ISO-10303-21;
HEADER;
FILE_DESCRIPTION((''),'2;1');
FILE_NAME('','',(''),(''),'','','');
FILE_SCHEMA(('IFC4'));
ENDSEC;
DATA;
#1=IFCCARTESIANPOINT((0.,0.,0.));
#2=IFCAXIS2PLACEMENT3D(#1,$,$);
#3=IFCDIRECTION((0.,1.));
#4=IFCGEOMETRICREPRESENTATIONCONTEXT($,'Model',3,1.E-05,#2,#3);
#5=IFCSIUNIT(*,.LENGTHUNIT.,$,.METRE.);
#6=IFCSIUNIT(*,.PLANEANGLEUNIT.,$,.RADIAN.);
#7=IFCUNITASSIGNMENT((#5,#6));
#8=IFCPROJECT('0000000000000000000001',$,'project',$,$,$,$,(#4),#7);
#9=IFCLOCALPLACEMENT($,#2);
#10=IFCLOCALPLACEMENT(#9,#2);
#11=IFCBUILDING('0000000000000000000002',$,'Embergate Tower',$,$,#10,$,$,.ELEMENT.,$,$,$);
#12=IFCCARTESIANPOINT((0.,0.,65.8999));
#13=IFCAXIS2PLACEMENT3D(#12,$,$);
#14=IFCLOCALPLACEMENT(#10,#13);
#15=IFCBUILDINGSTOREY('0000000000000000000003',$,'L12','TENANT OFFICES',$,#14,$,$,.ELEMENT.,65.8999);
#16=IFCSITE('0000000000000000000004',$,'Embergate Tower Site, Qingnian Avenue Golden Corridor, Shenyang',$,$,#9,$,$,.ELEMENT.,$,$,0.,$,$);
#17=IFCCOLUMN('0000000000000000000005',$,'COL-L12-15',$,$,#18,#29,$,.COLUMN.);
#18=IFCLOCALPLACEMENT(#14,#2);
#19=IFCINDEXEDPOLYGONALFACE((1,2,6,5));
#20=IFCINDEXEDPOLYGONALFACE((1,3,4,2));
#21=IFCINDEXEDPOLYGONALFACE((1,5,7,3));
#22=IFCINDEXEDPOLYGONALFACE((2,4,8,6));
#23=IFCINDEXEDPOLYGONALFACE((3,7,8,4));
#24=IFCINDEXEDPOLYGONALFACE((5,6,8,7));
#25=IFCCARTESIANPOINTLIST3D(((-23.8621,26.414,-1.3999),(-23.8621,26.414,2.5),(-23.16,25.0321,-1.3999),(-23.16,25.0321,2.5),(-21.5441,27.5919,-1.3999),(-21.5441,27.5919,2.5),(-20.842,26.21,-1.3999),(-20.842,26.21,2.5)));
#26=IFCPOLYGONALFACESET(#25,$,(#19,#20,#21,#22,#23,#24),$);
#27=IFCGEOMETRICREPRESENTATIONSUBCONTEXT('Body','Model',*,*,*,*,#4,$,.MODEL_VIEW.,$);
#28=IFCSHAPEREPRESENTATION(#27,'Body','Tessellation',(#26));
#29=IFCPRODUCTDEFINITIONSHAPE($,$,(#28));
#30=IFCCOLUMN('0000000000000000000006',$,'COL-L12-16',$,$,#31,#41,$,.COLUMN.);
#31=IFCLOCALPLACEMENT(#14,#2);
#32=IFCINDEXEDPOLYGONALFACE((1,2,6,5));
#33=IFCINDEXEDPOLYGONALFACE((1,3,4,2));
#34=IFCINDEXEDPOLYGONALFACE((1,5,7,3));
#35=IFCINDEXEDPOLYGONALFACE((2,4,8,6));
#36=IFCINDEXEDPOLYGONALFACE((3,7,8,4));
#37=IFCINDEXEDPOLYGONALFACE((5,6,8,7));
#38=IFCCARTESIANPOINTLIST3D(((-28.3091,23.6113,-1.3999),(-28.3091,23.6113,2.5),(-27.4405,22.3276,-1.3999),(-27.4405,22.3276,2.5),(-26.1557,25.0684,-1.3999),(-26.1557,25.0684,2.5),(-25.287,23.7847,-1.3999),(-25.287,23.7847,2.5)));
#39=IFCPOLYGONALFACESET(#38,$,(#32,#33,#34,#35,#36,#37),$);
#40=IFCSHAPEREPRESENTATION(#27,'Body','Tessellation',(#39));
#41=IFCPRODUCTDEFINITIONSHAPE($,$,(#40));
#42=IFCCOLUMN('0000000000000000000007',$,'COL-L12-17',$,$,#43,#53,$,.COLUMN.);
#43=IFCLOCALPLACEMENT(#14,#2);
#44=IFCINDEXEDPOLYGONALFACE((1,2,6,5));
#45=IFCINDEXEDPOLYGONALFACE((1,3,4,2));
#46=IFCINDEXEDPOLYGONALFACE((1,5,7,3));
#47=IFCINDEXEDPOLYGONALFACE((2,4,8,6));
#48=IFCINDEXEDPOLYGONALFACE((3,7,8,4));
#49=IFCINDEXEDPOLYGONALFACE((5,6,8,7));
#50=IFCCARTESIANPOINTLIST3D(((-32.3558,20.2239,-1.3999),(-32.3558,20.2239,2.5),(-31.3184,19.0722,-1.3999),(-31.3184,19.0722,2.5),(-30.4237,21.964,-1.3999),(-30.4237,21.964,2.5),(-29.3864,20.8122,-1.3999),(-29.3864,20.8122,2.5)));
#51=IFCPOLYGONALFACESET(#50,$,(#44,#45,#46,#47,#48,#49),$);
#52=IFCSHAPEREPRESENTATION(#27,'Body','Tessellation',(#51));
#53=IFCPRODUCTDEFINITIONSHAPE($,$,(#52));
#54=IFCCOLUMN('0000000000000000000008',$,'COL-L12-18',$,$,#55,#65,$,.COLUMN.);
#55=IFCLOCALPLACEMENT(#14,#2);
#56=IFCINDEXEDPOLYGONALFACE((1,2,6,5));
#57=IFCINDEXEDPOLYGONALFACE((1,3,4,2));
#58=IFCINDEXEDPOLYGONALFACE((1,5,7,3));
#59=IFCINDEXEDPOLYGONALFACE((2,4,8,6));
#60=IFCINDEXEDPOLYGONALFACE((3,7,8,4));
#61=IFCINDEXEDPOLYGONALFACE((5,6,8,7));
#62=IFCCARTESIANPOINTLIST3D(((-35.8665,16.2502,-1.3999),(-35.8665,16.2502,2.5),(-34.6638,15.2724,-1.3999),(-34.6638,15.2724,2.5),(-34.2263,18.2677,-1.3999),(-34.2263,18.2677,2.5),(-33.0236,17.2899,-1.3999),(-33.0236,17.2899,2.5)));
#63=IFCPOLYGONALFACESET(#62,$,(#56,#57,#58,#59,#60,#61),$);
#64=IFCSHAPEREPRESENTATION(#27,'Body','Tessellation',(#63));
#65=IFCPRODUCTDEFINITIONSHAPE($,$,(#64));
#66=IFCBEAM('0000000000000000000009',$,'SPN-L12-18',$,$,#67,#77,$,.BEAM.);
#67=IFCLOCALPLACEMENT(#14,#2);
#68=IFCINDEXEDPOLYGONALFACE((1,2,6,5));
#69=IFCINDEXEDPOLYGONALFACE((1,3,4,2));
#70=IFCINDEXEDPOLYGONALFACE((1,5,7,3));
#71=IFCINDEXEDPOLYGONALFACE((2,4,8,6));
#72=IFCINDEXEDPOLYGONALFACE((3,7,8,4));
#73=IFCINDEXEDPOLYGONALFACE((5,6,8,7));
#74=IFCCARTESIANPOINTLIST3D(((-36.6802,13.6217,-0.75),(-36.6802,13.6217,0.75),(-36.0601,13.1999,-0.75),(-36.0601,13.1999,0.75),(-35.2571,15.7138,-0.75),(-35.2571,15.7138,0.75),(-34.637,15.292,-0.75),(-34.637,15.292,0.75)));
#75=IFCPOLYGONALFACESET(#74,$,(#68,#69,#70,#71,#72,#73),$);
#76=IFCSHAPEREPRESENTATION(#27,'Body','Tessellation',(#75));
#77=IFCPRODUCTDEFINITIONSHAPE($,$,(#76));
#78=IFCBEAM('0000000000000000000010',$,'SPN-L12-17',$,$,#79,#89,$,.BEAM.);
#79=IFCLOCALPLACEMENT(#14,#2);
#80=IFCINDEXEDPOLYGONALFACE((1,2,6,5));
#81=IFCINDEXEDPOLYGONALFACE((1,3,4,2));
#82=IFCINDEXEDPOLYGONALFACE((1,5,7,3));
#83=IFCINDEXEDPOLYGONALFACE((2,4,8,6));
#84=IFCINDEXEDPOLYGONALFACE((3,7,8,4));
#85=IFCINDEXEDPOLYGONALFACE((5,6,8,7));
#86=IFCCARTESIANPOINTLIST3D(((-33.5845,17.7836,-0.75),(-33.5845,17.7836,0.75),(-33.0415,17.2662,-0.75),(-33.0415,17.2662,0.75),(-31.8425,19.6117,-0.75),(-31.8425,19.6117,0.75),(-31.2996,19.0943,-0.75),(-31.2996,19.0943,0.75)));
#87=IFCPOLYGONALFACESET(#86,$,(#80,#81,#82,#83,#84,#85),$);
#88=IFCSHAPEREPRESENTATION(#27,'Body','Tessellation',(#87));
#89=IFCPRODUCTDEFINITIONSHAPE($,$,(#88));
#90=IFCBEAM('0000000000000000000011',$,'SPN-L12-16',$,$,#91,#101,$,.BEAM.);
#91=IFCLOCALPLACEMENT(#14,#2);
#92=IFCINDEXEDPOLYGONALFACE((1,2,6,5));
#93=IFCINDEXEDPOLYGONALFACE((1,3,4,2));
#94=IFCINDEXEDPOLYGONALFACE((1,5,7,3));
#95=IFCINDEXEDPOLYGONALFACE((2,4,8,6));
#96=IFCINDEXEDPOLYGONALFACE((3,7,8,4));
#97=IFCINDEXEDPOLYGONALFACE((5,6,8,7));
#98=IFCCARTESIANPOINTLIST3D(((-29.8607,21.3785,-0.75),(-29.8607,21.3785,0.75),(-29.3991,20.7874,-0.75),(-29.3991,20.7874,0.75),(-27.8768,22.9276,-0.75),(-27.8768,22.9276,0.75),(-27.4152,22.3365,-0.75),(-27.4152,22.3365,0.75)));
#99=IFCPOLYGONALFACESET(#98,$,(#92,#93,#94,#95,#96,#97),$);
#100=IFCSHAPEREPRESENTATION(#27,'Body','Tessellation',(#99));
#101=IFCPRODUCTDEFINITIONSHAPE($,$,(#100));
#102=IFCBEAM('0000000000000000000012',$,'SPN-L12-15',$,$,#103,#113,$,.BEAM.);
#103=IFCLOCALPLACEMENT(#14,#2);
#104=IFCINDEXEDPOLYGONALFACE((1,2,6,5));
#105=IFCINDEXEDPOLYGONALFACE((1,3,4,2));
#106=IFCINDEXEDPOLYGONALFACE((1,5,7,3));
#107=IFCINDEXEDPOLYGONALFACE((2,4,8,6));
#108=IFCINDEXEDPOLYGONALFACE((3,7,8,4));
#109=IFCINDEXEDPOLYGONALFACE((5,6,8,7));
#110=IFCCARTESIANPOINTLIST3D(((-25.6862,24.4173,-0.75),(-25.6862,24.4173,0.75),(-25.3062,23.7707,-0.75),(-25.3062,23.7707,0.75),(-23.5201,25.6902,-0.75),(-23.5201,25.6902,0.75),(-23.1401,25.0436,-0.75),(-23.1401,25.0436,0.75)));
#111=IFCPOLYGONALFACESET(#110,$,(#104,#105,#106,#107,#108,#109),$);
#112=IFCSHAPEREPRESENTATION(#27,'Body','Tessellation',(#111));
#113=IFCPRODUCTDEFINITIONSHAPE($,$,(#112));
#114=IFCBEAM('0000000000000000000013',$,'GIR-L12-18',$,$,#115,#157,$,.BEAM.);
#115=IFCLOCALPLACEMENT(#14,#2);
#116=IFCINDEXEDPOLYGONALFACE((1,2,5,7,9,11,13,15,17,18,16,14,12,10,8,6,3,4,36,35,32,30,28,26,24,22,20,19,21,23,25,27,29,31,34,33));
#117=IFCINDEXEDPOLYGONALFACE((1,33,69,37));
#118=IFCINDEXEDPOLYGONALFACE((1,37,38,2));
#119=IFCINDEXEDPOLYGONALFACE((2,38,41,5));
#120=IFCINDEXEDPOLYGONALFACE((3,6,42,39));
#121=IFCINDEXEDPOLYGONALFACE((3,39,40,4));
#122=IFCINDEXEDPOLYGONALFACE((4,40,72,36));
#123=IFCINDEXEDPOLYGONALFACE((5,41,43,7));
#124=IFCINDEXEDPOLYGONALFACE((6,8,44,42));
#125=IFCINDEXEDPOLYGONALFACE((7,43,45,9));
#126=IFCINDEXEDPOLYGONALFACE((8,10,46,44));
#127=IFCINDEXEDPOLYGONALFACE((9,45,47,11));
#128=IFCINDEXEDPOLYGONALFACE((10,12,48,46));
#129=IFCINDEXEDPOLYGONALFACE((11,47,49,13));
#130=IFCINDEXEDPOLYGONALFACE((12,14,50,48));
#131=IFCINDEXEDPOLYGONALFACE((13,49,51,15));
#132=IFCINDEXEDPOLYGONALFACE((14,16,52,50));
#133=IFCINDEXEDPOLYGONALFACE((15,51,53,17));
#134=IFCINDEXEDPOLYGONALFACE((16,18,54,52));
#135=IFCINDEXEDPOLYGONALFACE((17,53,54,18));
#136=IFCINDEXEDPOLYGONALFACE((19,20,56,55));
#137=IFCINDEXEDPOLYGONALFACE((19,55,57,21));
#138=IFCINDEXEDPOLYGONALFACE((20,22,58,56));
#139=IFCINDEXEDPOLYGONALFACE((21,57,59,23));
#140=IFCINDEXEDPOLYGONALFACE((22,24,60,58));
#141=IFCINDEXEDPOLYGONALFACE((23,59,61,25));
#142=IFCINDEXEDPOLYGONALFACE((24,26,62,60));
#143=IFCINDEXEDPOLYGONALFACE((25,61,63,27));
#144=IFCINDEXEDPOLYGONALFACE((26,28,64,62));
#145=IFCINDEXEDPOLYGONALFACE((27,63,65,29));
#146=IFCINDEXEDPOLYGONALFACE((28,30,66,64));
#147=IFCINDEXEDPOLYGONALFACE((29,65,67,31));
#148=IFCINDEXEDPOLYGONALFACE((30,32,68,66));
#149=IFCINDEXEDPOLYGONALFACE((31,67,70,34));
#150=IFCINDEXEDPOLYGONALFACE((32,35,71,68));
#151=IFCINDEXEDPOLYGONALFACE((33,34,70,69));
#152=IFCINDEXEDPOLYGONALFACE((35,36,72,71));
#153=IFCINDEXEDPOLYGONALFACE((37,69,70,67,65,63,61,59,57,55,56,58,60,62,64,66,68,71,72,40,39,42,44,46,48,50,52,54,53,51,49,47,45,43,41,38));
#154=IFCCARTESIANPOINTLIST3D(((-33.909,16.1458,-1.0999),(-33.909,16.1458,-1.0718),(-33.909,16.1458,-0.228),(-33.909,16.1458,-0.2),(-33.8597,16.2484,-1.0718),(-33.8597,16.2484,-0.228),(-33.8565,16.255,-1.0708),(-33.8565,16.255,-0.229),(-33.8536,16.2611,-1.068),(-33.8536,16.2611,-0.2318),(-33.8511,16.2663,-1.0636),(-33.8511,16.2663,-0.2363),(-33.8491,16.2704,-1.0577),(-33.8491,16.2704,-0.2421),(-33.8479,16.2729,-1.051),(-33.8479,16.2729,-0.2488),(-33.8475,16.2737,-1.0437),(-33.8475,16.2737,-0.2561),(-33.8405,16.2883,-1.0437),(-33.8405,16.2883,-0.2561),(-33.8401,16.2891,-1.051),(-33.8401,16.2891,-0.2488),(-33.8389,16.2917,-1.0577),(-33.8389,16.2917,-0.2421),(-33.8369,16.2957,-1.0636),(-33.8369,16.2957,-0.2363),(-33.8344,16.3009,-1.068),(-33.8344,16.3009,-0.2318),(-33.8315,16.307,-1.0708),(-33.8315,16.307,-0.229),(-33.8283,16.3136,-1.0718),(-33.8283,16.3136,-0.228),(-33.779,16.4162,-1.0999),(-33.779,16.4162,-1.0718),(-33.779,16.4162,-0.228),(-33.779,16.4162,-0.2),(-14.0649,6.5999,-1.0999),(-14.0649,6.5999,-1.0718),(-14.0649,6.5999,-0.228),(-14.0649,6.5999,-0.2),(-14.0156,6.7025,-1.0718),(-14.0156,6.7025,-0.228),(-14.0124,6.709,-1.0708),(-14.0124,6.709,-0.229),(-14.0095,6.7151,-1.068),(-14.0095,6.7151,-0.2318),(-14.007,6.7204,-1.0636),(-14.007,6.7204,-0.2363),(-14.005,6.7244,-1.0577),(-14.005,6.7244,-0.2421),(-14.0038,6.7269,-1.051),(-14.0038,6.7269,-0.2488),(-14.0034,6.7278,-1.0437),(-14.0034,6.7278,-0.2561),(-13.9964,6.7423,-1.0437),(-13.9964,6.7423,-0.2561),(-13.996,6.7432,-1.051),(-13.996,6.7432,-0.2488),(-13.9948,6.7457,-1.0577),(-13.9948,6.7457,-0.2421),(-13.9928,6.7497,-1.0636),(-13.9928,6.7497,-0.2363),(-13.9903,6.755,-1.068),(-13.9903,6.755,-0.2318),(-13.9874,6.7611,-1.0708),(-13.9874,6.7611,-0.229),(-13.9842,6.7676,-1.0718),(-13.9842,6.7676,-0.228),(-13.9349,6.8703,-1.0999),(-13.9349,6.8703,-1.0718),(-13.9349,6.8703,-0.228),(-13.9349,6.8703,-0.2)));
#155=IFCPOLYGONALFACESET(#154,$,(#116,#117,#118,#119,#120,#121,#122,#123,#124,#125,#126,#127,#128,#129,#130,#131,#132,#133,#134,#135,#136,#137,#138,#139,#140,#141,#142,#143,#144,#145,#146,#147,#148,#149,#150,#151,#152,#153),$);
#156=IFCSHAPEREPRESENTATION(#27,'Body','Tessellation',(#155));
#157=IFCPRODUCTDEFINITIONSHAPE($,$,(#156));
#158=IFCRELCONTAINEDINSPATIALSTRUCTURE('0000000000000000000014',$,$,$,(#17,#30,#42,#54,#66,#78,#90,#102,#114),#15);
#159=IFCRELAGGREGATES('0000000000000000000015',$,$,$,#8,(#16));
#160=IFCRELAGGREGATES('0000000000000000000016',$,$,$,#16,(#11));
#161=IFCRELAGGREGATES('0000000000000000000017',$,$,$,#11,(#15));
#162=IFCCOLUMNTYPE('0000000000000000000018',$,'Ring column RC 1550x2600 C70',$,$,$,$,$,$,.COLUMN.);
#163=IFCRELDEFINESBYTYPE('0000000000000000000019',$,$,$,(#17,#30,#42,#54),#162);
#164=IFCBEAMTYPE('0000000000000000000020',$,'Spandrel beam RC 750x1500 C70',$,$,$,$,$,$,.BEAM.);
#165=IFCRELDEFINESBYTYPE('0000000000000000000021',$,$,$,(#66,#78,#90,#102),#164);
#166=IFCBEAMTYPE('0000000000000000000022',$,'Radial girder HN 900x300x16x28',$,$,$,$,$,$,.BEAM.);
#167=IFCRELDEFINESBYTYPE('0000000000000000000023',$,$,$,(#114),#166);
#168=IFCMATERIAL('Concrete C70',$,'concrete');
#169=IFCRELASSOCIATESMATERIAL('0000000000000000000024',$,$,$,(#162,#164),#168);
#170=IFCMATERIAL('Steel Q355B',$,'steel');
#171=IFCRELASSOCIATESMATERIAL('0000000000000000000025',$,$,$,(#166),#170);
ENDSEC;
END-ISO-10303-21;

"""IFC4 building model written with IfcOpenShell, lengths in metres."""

from ifc_helpers import new_model, si_unit, direction, frame, origin, origin_2d, place, context, subcontext, project, spatial, rectangle, i_section, extrude, source, transform, mapped, material, material_profile, profile_set, type_object, element, save


model = new_model("IFC4")

# Units and contexts
model_context = context("Model", 3, precision=1e-05, world=origin(), true_north=direction((0.0, 1.0)))
body_context = subcontext(model_context, "Body", "Model", "MODEL_VIEW")
ifc_project = project(units=[si_unit("LENGTHUNIT", "METRE"), si_unit("PLANEANGLEUNIT", "RADIAN")], contexts=[model_context])

# Site, building, storey
site_placement = place(None, origin())
site = spatial("IfcSite", under=ifc_project, at=site_placement, Name="Embergate Tower Site, Qingnian Avenue Golden Corridor, Shenyang", CompositionType="ELEMENT", RefElevation=0.0)
building_placement = place(site_placement, origin())
building = spatial("IfcBuilding", under=site, at=building_placement, Name="Embergate Tower", CompositionType="ELEMENT")
storey_placement = place(building_placement, frame((0.0, 0.0, 65.8999)))
storey = spatial("IfcBuildingStorey", under=building, at=storey_placement, Name="L12", Description="TENANT OFFICES", CompositionType="ELEMENT", Elevation=65.8999)

# Columns
ifc_material_1 = material(Name="Concrete C70", Category="concrete")
ifc_material_profile_1 = material_profile(ifc_material_1, rectangle(XDim=1.55, YDim=2.6001, at=origin_2d()), Name="RC 1550x2600")
ifc_profile_set_1 = profile_set([ifc_material_profile_1], Name="Concrete C70")
column_type = type_object("IfcColumnType", Name="Ring column RC 1550x2600 C70", PredefinedType="COLUMN", material=ifc_profile_set_1)
shared_shape_1 = source(origin(), body_context, "Body", "SweptSolid", [
    extrude(rectangle(XDim=1.55, YDim=2.6001, at=origin_2d()), origin(), (0.0, 0.0, 1.0), 3.8999),
])
for number, where, z_axis, x_axis, name in (
    (1, (-22.3521, 26.312, -1.3999), (0.0, 0.0, 1.0), (-0.453011, 0.891505, 0.0), "COL-L12-15"),
    (2, (-26.7981, 23.698, -1.3999), (0.0, 0.0, 1.0), (-0.560408, 0.828217, 0.0), "COL-L12-16"),
    (3, (-30.8711, 20.5181, -1.3999), (0.0, 0.0, 1.0), (-0.669221, 0.743063, 0.0), "COL-L12-17"),
    (4, (-34.4451, 16.77, -1.3999), (0.0, 0.0, 1.0), (-0.775925, 0.630825, 0.0), "COL-L12-18"),
):
    element("IfcColumn", number, at=place(storey_placement, frame(where, z_axis=z_axis, x_axis=x_axis)), inside=storey, type_object=column_type, Name=name, PredefinedType="COLUMN", context=body_context, shape_type="MappedRepresentation", body=[
        mapped(shared_shape_1, transform((0.0, 0.0, 0.0))),
    ])

# Beams
ifc_material_profile_2 = material_profile(ifc_material_1, rectangle(XDim=0.75, YDim=1.5, at=origin_2d()), Name="RC 750x1500")
ifc_profile_set_2 = profile_set([ifc_material_profile_2], Name="Concrete C70")
beam_type_1 = type_object("IfcBeamType", Name="Spandrel beam RC 750x1500 C70", PredefinedType="BEAM", material=ifc_profile_set_2)
shared_shape_2 = source(origin(), body_context, "Body", "SweptSolid", [
    extrude(rectangle(XDim=0.75, YDim=1.5, at=origin_2d()), origin(), (0.0, 0.0, 1.0), 2.5303),
])
beam_1_placement = place(storey_placement, frame((-34.947, 15.5029, 0.0), z_axis=(-0.562447, -0.826833, 0.0), x_axis=(0.826833, -0.562447, 0.0)))
element("IfcBeam", 5, at=beam_1_placement, inside=storey, type_object=beam_type_1, Name="SPN-L12-18", PredefinedType="BEAM", context=body_context, shape_type="MappedRepresentation", body=[
    mapped(shared_shape_2, transform((0.0, 0.0, 0.0))),
])
shared_shape_3 = source(origin(), body_context, "Body", "SweptSolid", [
    extrude(rectangle(XDim=0.75, YDim=1.5, at=origin_2d()), origin(), (0.0, 0.0, 1.0), 2.5251),
])
beam_2_placement = place(storey_placement, frame((-31.571, 19.353, 0.0), z_axis=(-0.689836, -0.723965, 0.0), x_axis=(0.723965, -0.689836, 0.0)))
element("IfcBeam", 6, at=beam_2_placement, inside=storey, type_object=beam_type_1, Name="SPN-L12-17", PredefinedType="BEAM", context=body_context, shape_type="MappedRepresentation", body=[
    mapped(shared_shape_3, transform((0.0, 0.0, 0.0))),
])
shared_shape_4 = source(origin(), body_context, "Body", "SweptSolid", [
    extrude(rectangle(XDim=0.75, YDim=1.5, at=origin_2d()), origin(), (0.0, 0.0, 1.0), 2.5171),
])
beam_3_placement = place(storey_placement, frame((-27.646, 22.6321, 0.0), z_axis=(-0.788186, -0.615437, 0.0), x_axis=(0.615437, -0.788186, 0.0)))
element("IfcBeam", 7, at=beam_3_placement, inside=storey, type_object=beam_type_1, Name="SPN-L12-16", PredefinedType="BEAM", context=body_context, shape_type="MappedRepresentation", body=[
    mapped(shared_shape_4, transform((0.0, 0.0, 0.0))),
])
shared_shape_5 = source(origin(), body_context, "Body", "SweptSolid", [
    extrude(rectangle(XDim=0.75, YDim=1.5, at=origin_2d()), origin(), (0.0, 0.0, 1.0), 2.5125),
])
beam_4_placement = place(storey_placement, frame((-23.3301, 25.3669, 0.0), z_axis=(-0.862139, -0.506672, 0.0), x_axis=(0.506672, -0.862139, 0.0)))
element("IfcBeam", 8, at=beam_4_placement, inside=storey, type_object=beam_type_1, Name="SPN-L12-15", PredefinedType="BEAM", context=body_context, shape_type="MappedRepresentation", body=[
    mapped(shared_shape_5, transform((0.0, 0.0, 0.0))),
])
ifc_material_2 = material(Name="Steel Q355B", Category="steel")
ifc_material_profile_3 = material_profile(ifc_material_2, i_section(OverallWidth=0.3, OverallDepth=0.8999, WebThickness=0.0161, FlangeThickness=0.0281, FilletRadius=0.0281, at=origin_2d()), Name="HN 900x300x16x28")
ifc_profile_set_3 = profile_set([ifc_material_profile_3], Name="Steel Q355 grade B")
beam_type_2 = type_object("IfcBeamType", Name="Radial girder HN 900x300x16x28", PredefinedType="BEAM", material=ifc_profile_set_3)
shared_shape_6 = source(origin(), body_context, "Body", "SweptSolid", [
    extrude(i_section(OverallWidth=0.3, OverallDepth=0.8999, WebThickness=0.0161, FlangeThickness=0.0281, FilletRadius=0.0281, at=origin_2d()), origin(), (0.0, 0.0, 1.0), 22.0208),
])
beam_5_placement = place(storey_placement, frame((-33.844, 16.281, -0.6499), z_axis=(0.901155, -0.433498, 0.0), x_axis=(0.433498, 0.901155, 0.0)))
element("IfcBeam", 9, at=beam_5_placement, inside=storey, type_object=beam_type_2, Name="GIR-L12-18", PredefinedType="BEAM", context=body_context, shape_type="MappedRepresentation", body=[
    mapped(shared_shape_6, transform((0.0, 0.0, 0.0))),
])

save(model, "model.ifc")
